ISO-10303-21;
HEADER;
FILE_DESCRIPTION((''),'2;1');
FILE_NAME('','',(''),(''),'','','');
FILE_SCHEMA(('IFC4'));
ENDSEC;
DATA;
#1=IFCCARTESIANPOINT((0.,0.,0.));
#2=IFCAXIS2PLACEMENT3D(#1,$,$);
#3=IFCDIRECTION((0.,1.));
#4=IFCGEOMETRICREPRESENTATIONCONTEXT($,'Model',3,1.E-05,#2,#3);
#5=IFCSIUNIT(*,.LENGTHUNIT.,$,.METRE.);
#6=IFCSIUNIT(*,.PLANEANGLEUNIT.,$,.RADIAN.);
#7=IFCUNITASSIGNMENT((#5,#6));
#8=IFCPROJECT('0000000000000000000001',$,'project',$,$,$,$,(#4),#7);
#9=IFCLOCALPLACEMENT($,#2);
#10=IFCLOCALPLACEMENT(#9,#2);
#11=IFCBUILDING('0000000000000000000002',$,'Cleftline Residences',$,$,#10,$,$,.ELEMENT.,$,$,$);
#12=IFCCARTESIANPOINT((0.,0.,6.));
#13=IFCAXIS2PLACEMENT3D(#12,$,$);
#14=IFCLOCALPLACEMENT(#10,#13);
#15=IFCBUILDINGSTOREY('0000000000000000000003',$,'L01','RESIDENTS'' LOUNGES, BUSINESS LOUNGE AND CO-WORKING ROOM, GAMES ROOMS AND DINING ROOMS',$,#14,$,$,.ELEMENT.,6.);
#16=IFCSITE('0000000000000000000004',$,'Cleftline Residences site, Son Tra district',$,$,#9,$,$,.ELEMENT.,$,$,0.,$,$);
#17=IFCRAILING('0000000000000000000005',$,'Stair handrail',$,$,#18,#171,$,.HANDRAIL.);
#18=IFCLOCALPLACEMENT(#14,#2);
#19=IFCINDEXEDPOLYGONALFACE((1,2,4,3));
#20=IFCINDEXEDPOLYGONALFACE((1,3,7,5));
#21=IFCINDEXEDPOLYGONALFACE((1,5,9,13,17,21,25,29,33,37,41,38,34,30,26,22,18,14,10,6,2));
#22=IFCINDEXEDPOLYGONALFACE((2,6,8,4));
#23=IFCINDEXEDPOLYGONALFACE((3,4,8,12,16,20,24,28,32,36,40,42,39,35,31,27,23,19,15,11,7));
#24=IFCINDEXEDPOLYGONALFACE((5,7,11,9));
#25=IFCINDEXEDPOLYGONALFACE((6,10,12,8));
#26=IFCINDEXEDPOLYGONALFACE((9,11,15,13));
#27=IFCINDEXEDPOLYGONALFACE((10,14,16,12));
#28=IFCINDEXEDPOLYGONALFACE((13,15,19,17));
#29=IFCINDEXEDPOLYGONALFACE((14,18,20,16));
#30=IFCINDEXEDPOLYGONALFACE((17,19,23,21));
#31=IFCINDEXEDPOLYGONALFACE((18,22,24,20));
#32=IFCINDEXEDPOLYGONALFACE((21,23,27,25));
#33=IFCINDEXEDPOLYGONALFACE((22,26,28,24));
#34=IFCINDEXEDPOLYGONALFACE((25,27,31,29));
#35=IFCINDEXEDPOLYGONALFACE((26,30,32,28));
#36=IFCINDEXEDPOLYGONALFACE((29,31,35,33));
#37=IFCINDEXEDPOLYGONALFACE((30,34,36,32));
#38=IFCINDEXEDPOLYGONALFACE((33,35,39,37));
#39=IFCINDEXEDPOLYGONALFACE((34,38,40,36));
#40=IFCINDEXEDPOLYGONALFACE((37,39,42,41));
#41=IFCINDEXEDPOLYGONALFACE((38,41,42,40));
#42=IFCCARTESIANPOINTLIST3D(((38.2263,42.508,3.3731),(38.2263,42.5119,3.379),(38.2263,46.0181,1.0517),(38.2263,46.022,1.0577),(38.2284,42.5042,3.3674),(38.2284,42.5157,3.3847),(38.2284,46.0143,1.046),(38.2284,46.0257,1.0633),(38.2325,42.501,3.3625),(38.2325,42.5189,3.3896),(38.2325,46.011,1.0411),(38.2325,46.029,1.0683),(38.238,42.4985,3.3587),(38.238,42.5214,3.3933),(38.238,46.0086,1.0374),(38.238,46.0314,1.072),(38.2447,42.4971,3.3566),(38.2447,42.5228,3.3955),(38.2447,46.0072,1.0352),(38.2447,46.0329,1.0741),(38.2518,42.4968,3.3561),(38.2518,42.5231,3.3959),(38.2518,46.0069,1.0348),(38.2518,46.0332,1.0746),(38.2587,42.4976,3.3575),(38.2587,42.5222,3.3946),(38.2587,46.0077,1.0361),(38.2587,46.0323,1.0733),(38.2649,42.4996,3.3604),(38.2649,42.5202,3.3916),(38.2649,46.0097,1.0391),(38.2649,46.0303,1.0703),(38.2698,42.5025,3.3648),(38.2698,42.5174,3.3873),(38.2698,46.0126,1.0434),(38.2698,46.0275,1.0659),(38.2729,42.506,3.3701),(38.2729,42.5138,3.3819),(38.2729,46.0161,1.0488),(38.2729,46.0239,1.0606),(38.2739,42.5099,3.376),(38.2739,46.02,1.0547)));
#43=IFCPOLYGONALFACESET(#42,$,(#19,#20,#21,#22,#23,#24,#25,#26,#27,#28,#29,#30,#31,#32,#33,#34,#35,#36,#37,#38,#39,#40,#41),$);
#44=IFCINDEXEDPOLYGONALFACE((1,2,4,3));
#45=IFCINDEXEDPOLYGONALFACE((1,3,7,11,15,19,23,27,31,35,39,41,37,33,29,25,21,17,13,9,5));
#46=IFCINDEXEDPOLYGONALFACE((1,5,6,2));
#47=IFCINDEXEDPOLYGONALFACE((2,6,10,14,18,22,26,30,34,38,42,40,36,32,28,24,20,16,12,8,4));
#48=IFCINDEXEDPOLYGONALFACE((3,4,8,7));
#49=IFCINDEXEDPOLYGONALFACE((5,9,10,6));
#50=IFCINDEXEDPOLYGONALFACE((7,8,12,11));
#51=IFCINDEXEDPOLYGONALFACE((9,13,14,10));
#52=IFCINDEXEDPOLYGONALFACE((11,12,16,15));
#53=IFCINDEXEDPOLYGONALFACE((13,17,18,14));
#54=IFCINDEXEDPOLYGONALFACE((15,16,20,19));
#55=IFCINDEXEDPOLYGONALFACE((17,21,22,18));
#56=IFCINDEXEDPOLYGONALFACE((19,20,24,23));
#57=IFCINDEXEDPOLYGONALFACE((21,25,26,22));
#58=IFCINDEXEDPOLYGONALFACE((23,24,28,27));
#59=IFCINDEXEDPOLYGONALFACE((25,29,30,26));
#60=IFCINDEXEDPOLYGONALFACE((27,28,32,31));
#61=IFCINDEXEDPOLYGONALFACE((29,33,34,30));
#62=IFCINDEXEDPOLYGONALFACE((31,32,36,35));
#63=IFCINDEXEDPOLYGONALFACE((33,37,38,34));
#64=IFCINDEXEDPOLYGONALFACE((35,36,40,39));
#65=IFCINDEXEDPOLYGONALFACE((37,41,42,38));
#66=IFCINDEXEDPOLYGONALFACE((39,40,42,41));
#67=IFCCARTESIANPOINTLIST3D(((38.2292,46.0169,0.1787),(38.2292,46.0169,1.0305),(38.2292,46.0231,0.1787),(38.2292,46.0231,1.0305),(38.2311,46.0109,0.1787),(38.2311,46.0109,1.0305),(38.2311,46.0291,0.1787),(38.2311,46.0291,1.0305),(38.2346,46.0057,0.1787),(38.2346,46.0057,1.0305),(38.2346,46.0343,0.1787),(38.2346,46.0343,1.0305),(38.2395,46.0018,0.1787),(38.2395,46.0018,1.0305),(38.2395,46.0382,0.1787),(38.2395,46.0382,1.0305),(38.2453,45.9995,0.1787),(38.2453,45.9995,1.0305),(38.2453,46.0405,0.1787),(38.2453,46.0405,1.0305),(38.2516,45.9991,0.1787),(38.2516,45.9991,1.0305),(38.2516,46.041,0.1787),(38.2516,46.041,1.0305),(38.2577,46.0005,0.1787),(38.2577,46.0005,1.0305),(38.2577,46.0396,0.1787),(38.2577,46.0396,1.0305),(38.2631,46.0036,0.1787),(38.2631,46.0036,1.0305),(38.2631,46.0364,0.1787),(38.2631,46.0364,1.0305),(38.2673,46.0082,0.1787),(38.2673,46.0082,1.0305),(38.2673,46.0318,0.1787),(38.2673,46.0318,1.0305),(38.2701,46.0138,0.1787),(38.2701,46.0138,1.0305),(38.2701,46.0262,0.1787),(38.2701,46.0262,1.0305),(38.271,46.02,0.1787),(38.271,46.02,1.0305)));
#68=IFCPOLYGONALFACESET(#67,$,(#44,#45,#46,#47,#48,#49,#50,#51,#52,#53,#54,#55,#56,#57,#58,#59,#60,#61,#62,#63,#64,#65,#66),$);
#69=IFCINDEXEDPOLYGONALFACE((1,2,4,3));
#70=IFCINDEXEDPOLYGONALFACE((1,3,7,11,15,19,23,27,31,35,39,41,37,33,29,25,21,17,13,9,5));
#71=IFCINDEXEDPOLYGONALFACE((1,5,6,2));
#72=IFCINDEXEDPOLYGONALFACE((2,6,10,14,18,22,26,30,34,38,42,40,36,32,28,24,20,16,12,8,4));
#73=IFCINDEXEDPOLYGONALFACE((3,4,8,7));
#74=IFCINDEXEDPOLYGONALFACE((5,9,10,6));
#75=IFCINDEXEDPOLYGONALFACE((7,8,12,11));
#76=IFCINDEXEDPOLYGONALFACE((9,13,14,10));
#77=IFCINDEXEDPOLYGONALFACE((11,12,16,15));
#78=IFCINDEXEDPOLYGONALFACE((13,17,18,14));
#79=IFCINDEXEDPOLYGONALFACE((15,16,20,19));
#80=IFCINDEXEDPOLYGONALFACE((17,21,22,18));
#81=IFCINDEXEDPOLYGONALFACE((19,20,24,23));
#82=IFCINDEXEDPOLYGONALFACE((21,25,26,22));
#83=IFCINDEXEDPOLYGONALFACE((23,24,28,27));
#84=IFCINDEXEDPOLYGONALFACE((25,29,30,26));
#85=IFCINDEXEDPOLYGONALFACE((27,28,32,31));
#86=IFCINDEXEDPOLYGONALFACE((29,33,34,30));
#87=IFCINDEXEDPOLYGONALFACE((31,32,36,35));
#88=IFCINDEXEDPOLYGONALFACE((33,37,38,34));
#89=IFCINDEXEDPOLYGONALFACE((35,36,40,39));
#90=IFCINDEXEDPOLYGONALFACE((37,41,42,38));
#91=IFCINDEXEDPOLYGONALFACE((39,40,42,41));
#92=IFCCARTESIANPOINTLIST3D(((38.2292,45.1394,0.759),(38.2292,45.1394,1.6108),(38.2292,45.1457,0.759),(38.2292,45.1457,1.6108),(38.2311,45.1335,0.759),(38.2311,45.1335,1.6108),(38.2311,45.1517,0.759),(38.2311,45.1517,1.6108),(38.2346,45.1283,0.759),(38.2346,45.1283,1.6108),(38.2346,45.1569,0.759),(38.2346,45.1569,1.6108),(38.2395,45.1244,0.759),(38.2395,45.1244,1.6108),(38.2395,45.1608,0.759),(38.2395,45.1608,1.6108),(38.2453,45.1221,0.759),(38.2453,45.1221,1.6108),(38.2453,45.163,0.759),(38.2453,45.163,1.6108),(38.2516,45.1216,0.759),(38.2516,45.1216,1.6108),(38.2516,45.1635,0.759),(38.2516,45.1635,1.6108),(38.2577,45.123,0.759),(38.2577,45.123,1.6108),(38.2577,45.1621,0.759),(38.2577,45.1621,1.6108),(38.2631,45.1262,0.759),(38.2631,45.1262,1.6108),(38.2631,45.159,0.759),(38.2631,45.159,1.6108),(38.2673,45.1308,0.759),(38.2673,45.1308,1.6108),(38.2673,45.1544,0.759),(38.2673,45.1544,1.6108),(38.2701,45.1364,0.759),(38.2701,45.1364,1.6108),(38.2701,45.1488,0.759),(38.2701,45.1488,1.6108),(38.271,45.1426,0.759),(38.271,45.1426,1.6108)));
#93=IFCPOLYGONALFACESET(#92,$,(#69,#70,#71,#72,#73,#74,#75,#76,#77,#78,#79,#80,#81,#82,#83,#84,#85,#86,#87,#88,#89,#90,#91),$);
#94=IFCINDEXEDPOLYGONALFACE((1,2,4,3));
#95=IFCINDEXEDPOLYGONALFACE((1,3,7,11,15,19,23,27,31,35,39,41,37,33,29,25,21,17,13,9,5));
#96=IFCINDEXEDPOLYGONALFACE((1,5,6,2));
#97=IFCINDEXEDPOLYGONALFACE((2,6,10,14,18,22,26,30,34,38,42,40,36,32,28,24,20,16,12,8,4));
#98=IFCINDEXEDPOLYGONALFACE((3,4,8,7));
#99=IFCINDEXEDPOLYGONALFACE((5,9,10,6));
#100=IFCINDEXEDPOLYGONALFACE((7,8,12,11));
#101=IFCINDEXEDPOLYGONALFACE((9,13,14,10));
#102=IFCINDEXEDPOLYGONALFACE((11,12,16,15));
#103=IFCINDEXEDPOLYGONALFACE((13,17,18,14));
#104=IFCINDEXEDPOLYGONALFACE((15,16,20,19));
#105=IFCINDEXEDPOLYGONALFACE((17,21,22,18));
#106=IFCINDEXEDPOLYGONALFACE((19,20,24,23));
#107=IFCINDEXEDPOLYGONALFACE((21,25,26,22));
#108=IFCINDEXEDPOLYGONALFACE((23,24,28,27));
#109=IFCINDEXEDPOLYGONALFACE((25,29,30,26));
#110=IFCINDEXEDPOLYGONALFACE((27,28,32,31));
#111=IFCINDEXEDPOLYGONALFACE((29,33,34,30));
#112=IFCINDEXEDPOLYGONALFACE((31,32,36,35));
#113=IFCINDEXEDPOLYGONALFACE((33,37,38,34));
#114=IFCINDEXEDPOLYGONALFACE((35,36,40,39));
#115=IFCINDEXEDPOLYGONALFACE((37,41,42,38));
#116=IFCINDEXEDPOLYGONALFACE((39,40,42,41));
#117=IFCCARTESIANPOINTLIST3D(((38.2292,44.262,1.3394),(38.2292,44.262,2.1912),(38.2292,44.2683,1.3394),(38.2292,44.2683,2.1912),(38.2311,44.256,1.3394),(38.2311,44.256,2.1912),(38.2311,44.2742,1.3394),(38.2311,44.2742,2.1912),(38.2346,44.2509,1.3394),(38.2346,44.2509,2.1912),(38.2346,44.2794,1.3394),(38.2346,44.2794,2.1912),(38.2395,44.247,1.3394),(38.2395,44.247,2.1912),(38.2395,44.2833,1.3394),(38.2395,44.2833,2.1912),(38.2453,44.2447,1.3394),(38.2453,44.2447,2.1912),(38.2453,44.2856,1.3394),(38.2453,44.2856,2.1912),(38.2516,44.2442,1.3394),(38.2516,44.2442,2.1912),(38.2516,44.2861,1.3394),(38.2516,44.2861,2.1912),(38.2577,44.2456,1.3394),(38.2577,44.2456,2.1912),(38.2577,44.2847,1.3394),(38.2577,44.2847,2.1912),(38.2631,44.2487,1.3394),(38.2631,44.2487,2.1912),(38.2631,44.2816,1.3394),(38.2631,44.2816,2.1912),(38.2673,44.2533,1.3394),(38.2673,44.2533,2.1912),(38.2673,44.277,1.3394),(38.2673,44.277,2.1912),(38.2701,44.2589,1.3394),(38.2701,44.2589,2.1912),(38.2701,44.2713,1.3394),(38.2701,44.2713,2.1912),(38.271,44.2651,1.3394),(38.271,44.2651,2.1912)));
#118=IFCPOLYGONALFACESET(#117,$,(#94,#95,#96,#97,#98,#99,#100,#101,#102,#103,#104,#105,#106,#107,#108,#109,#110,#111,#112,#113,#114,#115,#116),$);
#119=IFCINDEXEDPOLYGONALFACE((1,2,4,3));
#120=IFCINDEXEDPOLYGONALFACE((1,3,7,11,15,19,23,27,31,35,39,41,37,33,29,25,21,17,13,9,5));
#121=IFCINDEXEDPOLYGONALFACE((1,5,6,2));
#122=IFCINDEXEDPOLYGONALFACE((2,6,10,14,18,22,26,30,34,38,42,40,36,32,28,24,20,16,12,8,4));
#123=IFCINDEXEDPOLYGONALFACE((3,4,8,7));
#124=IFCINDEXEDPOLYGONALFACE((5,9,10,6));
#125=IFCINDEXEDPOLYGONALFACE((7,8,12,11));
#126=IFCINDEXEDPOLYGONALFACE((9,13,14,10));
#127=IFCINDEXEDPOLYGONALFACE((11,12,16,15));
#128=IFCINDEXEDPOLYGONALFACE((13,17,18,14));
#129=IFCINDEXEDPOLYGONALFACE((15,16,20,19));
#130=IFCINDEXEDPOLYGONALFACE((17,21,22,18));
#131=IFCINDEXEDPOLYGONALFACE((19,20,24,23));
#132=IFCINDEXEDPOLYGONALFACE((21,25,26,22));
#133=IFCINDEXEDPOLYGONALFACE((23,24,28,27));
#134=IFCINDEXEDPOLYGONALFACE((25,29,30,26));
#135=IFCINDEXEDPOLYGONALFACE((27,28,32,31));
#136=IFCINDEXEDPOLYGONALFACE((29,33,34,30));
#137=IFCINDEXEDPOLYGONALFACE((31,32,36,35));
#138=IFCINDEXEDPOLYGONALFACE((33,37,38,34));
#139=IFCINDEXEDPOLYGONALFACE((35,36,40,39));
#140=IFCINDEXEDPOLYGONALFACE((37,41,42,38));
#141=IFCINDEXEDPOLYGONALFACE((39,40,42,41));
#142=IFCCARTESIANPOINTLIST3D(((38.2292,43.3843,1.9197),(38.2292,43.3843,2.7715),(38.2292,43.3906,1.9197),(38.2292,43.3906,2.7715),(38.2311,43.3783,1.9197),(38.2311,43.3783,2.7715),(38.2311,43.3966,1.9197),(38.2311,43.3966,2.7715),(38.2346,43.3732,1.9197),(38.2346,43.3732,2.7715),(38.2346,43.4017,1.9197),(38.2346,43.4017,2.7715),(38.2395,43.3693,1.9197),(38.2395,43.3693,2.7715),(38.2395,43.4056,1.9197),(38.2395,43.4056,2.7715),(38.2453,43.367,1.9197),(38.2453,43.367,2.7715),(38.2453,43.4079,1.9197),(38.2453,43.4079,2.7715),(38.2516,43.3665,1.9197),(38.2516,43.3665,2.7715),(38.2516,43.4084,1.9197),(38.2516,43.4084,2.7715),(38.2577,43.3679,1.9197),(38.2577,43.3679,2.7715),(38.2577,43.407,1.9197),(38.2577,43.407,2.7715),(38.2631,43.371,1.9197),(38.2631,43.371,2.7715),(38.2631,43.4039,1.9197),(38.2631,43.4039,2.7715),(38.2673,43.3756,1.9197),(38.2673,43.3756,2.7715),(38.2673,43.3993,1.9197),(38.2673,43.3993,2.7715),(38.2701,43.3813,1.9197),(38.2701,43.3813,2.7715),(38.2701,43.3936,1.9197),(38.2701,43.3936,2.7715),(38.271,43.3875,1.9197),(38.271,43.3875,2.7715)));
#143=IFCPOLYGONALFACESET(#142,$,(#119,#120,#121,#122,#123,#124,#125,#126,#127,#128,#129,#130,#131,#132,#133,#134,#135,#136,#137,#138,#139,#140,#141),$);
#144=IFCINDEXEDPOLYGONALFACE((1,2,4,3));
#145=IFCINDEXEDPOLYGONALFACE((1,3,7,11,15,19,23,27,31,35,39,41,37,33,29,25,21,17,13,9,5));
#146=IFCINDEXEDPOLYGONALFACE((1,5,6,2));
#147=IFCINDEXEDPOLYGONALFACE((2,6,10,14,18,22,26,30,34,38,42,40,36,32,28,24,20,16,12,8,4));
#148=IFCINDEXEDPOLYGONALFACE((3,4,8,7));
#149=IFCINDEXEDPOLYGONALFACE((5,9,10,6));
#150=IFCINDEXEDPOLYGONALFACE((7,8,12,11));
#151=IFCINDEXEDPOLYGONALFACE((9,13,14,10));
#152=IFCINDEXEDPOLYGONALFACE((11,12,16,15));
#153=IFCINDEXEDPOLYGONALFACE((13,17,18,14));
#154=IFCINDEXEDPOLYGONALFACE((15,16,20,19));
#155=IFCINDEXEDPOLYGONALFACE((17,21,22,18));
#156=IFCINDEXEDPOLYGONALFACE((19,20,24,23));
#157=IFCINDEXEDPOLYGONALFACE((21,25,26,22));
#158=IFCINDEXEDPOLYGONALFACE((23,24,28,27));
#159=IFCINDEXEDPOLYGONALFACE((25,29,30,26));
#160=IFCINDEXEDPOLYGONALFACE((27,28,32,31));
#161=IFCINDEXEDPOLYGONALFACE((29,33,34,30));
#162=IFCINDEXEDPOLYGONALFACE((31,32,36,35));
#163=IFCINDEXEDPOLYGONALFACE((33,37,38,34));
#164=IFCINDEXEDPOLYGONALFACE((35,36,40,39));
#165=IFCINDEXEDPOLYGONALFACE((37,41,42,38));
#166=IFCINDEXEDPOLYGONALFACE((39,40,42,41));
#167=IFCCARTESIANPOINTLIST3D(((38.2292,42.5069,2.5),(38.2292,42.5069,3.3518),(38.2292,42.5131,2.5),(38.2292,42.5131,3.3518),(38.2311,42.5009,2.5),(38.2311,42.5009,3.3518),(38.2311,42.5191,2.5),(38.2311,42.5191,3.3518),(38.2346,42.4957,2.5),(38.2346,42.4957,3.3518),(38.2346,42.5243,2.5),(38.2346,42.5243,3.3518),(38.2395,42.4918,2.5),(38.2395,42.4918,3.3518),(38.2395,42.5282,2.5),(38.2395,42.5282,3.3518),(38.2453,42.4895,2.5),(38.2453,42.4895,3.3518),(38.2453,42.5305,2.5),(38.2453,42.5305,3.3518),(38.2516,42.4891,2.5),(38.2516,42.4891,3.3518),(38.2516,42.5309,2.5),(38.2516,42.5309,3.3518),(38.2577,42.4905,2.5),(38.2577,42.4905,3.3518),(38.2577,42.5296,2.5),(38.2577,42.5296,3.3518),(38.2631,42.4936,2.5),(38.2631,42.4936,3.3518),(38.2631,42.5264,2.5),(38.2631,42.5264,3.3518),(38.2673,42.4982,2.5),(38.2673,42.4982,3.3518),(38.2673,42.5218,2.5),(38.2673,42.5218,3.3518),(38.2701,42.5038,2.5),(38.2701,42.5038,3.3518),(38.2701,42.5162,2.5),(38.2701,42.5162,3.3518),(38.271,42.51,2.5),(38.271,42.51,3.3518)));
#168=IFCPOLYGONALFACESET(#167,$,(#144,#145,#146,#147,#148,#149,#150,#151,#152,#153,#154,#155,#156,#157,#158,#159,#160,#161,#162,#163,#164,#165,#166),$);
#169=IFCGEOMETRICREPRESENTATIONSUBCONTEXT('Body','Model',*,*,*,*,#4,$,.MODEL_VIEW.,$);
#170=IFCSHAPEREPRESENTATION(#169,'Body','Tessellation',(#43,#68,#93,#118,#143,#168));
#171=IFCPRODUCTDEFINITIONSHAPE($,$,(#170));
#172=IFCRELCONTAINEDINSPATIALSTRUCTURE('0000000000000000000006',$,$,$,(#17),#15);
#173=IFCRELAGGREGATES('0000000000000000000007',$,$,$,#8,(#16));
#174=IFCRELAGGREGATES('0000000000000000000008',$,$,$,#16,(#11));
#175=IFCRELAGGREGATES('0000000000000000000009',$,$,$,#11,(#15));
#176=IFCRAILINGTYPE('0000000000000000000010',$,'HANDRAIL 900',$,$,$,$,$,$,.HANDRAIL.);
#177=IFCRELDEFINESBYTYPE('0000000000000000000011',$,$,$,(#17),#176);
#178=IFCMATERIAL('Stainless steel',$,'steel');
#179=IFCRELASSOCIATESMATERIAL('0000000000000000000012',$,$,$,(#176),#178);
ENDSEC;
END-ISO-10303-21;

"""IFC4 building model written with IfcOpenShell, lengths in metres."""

from ifc_helpers import new_model, si_unit, direction, frame, origin, origin_2d, place, context, subcontext, project, spatial, circle, extrude, material, type_object, element, save


model = new_model("IFC4")

# Units and contexts
model_context = context("Model", 3, precision=1e-05, world=origin(), true_north=direction((0.0, 1.0)))
body_context = subcontext(model_context, "Body", "Model", "MODEL_VIEW")
ifc_project = project(units=[si_unit("LENGTHUNIT", "METRE"), si_unit("PLANEANGLEUNIT", "RADIAN")], contexts=[model_context])

# Site, building, storey
site_placement = place(None, origin())
site = spatial("IfcSite", under=ifc_project, at=site_placement, Name="Cleftline Residences site, Son Tra district", CompositionType="ELEMENT", RefElevation=0.0)
building_placement = place(site_placement, origin())
building = spatial("IfcBuilding", under=site, at=building_placement, Name="Cleftline Residences", CompositionType="ELEMENT")
storey_placement = place(building_placement, frame((0.0, 0.0, 6.0)))
storey = spatial("IfcBuildingStorey", under=building, at=storey_placement, Name="L01", Description="RESIDENTS' LOUNGES, BUSINESS LOUNGE AND CO-WORKING ROOM, GAMES ROOMS AND DINING ROOMS", CompositionType="ELEMENT", Elevation=6.0)

# Railing
ifc_material_1 = material(Name="Stainless steel", Category="steel")
railing_type = type_object("IfcRailingType", Name="HANDRAIL 900", PredefinedType="HANDRAIL", material=ifc_material_1)
railing_placement = place(storey_placement, frame((38.25, 46.02, 0.1787)))
element("IfcRailing", 1, at=railing_placement, inside=storey, type_object=railing_type, Name="Stair handrail", PredefinedType="HANDRAIL", context=body_context, shape_type="SweptSolid", body=[
    extrude(circle(Radius=0.0239, at=origin_2d()), frame((0.0, 0.0, 0.876), z_axis=(0.0, -0.834097, 0.551617), x_axis=(1.0, 0.0, 0.0)), (0.0, 0.0, 1.0), 4.2083),
    extrude(circle(Radius=0.021, at=origin_2d()), origin(), (0.0, 0.0, 1.0), 0.8518),
    extrude(circle(Radius=0.021, at=origin_2d()), frame((0.0, -0.8774, 0.5803)), (0.0, 0.0, 1.0), 0.8518),
    extrude(circle(Radius=0.021, at=origin_2d()), frame((0.0, -1.7549, 1.1606)), (0.0, 0.0, 1.0), 0.8518),
    extrude(circle(Radius=0.021, at=origin_2d()), frame((0.0, -2.6326, 1.741)), (0.0, 0.0, 1.0), 0.8518),
    extrude(circle(Radius=0.021, at=origin_2d()), frame((0.0, -3.51, 2.3213)), (0.0, 0.0, 1.0), 0.8518),
])

save(model, "model.ifc")
